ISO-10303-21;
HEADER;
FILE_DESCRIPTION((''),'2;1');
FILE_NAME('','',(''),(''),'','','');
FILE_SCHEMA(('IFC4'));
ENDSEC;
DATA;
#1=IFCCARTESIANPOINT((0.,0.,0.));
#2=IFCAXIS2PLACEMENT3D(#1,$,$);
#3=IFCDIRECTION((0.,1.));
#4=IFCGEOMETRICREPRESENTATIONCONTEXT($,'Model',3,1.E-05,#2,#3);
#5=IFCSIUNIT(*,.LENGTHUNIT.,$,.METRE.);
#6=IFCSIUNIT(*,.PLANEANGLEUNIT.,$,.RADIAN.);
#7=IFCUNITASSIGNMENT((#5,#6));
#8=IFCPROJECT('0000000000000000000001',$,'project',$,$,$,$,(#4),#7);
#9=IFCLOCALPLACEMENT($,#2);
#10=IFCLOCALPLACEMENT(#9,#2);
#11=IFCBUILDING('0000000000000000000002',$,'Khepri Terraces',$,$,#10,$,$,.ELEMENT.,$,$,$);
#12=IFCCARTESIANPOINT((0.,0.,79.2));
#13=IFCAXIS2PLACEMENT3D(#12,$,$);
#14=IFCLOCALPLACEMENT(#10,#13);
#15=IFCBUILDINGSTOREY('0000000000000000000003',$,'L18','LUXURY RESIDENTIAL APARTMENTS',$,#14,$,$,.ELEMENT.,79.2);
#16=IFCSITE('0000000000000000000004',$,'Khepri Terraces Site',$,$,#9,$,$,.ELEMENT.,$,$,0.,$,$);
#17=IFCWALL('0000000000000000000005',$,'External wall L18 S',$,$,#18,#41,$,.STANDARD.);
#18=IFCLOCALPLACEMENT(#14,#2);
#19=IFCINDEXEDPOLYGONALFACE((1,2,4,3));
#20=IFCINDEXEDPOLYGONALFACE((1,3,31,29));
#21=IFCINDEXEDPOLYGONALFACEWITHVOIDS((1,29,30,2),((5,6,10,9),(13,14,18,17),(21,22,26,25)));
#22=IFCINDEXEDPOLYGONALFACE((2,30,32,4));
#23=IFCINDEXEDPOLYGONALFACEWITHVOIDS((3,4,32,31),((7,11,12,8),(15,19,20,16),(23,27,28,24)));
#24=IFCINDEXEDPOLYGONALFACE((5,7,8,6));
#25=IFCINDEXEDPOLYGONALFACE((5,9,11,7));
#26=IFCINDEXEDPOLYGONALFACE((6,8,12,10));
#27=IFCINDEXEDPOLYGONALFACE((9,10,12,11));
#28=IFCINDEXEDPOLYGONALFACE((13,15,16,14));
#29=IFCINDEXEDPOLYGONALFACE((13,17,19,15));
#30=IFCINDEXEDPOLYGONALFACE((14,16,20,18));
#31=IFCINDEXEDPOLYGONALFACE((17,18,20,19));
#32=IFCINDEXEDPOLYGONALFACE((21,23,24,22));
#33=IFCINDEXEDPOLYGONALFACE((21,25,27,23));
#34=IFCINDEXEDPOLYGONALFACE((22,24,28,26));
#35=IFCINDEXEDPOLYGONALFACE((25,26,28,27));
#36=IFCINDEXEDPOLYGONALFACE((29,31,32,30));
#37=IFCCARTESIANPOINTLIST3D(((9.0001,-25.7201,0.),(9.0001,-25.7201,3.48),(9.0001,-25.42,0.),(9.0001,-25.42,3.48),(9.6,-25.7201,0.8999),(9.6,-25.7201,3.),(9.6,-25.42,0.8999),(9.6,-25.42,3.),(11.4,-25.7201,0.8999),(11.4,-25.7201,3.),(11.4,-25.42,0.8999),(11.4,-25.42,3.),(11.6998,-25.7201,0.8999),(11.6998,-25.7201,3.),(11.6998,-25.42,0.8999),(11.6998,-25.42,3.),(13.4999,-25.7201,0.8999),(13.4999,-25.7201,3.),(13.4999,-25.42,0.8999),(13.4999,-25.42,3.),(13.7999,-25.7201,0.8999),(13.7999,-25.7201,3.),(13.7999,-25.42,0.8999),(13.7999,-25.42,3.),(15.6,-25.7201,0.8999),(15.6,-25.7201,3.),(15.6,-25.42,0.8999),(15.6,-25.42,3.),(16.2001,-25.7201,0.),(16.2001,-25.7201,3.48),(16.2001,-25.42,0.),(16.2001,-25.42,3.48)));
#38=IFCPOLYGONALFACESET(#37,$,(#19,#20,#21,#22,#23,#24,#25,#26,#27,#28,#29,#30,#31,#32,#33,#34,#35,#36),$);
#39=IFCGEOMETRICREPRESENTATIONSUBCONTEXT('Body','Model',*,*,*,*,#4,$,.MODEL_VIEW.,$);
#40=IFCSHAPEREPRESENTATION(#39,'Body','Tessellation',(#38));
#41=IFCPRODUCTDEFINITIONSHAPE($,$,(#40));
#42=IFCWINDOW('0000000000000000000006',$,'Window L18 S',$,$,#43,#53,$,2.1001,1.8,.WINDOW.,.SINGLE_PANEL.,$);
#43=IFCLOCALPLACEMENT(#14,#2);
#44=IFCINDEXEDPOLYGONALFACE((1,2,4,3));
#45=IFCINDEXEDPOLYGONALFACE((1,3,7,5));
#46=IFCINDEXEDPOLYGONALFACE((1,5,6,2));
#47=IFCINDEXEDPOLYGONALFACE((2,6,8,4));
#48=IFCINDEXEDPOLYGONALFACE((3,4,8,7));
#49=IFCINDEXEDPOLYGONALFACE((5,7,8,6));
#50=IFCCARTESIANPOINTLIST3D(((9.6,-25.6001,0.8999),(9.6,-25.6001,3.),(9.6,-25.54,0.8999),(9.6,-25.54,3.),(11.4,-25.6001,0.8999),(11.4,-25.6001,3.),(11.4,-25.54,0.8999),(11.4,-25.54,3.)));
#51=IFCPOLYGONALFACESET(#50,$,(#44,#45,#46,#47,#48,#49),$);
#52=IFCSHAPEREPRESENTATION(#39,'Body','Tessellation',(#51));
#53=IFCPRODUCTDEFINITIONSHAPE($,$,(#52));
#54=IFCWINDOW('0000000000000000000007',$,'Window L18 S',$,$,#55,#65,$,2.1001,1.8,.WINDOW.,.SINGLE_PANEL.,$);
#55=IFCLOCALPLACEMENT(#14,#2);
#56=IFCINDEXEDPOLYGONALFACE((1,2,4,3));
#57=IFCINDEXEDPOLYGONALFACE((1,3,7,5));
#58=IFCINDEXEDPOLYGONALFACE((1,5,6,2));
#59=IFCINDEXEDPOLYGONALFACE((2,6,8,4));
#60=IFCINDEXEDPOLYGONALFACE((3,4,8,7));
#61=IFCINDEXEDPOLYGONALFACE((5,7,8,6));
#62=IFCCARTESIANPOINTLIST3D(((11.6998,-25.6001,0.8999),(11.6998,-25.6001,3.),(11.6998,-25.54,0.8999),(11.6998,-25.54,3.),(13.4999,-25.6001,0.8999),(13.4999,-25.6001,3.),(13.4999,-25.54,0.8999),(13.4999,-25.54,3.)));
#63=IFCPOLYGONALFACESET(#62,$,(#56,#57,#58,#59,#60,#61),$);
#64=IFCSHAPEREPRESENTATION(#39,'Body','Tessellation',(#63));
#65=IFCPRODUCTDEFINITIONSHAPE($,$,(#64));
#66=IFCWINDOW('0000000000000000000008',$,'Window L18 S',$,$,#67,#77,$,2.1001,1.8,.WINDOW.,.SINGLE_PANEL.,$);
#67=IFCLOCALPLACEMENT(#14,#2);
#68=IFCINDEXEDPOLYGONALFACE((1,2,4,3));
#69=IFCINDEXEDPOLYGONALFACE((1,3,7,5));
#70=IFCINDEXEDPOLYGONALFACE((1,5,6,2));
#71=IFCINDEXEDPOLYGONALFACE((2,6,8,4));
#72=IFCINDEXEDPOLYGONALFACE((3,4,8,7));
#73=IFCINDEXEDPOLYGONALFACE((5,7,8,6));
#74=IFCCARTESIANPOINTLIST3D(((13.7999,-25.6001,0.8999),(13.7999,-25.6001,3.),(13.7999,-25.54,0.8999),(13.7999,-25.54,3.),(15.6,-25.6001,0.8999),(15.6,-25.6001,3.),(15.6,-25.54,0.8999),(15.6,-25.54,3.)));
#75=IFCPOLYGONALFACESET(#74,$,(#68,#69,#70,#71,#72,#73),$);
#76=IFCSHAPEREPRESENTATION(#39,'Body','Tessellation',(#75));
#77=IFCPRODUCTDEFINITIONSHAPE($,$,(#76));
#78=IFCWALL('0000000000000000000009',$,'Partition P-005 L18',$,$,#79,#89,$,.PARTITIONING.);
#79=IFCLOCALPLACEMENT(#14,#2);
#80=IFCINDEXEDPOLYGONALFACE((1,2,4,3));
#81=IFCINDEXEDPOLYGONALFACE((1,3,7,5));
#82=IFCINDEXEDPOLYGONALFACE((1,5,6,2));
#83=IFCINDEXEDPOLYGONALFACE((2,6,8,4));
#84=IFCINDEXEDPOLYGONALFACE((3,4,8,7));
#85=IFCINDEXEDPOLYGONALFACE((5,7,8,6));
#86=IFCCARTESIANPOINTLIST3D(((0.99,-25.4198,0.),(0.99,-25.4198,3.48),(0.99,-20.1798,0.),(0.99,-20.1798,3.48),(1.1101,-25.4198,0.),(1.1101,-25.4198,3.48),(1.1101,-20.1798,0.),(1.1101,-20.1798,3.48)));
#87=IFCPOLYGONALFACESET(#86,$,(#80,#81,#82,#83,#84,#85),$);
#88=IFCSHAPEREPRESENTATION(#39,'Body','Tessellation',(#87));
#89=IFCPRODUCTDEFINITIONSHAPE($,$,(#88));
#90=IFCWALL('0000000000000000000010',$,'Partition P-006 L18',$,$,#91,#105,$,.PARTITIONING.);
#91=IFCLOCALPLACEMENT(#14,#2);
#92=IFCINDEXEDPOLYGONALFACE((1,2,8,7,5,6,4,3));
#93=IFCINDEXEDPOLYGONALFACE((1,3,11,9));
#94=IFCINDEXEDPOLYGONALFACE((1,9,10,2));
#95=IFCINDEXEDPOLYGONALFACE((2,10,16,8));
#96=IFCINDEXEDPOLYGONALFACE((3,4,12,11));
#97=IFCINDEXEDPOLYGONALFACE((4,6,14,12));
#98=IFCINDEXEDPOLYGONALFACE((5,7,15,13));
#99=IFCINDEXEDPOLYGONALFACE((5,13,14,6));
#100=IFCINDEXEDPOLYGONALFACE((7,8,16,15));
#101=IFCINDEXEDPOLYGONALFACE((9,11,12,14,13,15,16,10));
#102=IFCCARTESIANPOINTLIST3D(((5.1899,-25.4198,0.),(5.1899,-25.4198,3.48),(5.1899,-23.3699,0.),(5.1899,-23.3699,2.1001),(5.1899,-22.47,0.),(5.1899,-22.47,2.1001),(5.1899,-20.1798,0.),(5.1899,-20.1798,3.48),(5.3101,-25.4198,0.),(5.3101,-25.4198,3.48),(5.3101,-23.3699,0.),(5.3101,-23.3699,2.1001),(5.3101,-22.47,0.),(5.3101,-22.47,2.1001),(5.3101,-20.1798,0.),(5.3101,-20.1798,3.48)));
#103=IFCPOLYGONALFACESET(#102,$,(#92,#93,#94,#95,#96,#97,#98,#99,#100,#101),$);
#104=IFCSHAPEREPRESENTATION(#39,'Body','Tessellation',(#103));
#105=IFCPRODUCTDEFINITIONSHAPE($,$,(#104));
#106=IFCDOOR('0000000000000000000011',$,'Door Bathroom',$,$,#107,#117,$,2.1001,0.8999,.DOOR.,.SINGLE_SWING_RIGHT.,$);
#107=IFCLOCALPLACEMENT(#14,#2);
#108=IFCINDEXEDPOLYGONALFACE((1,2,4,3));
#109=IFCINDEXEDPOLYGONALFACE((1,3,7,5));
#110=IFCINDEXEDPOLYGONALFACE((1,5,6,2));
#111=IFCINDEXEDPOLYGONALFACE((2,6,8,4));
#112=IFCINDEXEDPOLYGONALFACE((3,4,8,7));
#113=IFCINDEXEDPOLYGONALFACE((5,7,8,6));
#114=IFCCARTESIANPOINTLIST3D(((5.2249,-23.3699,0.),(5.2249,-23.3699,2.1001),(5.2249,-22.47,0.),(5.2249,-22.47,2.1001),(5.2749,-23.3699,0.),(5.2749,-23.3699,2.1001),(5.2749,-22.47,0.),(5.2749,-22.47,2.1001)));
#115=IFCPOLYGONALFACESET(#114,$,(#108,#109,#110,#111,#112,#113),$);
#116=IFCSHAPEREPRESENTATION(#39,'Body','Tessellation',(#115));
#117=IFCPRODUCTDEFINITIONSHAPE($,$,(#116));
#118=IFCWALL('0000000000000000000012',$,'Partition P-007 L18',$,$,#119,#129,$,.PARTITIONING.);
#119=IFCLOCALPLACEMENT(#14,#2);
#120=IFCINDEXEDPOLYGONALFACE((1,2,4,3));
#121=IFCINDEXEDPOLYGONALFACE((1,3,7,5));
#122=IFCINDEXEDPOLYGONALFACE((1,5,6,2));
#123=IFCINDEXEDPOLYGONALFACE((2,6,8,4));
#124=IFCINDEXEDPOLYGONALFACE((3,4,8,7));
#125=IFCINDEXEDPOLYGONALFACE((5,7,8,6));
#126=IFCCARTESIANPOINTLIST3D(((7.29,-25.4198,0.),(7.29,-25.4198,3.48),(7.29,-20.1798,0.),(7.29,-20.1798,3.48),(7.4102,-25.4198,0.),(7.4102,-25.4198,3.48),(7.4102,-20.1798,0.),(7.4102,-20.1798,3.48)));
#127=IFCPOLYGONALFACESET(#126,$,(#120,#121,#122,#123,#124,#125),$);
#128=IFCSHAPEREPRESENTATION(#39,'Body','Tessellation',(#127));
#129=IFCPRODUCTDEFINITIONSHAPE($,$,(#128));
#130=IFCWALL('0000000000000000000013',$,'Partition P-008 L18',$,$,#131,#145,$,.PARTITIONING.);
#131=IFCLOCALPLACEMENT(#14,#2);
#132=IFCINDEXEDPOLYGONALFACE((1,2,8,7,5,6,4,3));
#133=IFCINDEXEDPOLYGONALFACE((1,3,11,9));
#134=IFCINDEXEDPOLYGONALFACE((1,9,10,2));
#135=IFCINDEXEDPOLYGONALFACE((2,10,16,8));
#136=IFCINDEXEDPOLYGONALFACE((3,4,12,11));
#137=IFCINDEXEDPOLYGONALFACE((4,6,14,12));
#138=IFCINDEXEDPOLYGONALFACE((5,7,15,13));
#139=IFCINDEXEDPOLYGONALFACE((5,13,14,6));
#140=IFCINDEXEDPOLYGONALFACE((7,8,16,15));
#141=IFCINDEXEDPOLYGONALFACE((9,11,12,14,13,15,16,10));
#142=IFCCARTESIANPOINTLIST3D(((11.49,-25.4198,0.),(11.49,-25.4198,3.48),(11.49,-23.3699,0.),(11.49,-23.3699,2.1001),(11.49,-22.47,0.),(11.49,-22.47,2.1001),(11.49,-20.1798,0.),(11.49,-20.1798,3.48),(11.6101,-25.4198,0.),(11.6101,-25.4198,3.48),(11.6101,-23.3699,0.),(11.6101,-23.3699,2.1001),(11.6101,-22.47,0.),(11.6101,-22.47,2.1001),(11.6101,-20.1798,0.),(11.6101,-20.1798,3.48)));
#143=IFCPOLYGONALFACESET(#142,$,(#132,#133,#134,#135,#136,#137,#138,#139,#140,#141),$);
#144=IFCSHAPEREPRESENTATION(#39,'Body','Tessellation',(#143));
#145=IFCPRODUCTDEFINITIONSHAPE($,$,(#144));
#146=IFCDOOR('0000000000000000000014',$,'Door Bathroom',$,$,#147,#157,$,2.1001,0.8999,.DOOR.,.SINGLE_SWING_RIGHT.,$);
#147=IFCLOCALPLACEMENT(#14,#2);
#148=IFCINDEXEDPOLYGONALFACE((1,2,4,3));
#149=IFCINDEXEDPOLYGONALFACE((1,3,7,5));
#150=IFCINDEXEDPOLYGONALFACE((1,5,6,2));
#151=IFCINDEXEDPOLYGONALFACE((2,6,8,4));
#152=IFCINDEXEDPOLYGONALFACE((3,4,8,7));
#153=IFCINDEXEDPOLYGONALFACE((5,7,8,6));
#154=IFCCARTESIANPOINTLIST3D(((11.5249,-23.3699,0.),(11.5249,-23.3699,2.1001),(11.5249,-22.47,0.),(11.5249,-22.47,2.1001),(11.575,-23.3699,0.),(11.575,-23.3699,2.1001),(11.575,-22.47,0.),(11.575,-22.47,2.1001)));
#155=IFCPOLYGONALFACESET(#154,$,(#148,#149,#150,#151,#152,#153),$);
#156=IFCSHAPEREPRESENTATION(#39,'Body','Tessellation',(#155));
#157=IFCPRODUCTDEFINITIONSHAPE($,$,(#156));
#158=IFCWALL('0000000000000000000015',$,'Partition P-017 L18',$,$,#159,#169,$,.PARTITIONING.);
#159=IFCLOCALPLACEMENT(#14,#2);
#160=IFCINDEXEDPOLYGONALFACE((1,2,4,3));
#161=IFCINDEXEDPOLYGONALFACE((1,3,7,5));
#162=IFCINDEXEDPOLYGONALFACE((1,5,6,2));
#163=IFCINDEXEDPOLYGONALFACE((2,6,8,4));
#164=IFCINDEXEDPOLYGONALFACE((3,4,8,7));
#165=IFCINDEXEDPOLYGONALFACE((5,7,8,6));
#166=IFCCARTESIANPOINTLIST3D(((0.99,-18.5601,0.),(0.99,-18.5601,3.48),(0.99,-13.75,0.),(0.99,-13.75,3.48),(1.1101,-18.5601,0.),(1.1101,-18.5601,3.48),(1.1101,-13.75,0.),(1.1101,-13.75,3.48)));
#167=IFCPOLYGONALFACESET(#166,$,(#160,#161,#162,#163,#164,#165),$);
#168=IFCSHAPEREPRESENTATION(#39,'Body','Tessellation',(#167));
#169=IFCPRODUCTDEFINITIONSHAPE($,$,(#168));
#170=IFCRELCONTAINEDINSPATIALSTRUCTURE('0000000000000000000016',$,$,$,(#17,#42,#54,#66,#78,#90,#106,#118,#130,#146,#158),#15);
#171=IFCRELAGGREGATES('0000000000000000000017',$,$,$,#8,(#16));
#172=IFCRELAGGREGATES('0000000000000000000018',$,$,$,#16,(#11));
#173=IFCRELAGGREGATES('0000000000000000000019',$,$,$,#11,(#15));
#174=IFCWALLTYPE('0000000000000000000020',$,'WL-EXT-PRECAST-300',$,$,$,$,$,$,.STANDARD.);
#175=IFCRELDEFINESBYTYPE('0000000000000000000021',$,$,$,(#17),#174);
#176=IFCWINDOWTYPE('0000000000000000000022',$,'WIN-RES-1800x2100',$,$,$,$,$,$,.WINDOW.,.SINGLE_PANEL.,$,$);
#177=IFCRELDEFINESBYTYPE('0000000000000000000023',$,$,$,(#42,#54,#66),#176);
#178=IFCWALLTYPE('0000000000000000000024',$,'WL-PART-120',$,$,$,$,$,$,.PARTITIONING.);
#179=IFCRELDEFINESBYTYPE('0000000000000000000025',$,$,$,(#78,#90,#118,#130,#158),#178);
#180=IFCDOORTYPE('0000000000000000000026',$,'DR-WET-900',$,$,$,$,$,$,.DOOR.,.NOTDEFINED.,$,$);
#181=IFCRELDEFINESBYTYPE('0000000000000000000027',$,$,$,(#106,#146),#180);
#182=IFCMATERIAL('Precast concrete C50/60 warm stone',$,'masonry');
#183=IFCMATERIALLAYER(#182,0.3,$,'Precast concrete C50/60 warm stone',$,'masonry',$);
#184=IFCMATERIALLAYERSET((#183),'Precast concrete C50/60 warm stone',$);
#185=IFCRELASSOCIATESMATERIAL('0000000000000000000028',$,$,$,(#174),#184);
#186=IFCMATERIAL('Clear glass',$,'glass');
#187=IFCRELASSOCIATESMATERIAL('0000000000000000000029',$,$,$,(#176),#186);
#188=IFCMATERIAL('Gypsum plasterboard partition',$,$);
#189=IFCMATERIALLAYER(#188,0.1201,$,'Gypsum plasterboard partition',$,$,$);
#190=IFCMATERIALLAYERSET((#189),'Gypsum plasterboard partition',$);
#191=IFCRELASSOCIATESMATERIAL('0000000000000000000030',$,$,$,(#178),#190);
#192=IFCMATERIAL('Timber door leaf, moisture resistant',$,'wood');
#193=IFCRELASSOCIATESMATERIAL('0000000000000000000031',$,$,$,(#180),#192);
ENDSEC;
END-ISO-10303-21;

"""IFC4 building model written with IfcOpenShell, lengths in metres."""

from ifc_helpers import new_model, si_unit, direction, frame, frame_2d, origin, place, context, subcontext, project, spatial, rectangle, extrude, material, layer, layer_set, type_object, element, fill, save


model = new_model("IFC4")

# Units and contexts
model_context = context("Model", 3, precision=1e-05, world=origin(), true_north=direction((0.0, 1.0)))
body_context = subcontext(model_context, "Body", "Model", "MODEL_VIEW")
ifc_project = project(units=[si_unit("LENGTHUNIT", "METRE"), si_unit("PLANEANGLEUNIT", "RADIAN")], contexts=[model_context])

# Site, building, storey
site_placement = place(None, origin())
site = spatial("IfcSite", under=ifc_project, at=site_placement, Name="Khepri Terraces Site", CompositionType="ELEMENT", RefElevation=0.0)
building_placement = place(site_placement, origin())
building = spatial("IfcBuilding", under=site, at=building_placement, Name="Khepri Terraces", CompositionType="ELEMENT")
storey_placement = place(building_placement, frame((0.0, 0.0, 79.2)))
storey = spatial("IfcBuildingStorey", under=building, at=storey_placement, Name="L18", Description="LUXURY RESIDENTIAL APARTMENTS", CompositionType="ELEMENT", Elevation=79.2)

# Wall, openings, windows
ifc_material_1 = material(Name="Precast concrete C50/60 warm stone", Category="masonry")
ifc_layer_1 = layer(ifc_material_1, 0.3, Name="Precast concrete C50/60 warm stone", Category="masonry")
ifc_layer_set_1 = layer_set([ifc_layer_1], Name="Precast concrete C50/60 warm stone")
wall_type_1 = type_object("IfcWallType", Name="WL-EXT-PRECAST-300", PredefinedType="STANDARD", material=ifc_layer_set_1)
ifc_material_2 = material(Name="Clear glass", Category="glass")
window_type_1 = type_object("IfcWindowType", Name="WIN-RES-1800x2100", PartitioningType="SINGLE_PANEL", PredefinedType="WINDOW", material=ifc_material_2)
wall_1_placement = place(storey_placement, frame((9.0, -25.5701, 0.0), z_axis=(0.0, 0.0, 1.0), x_axis=(1.0, 0.0, 0.0)))
wall_1 = element("IfcWall", 1, at=wall_1_placement, inside=storey, type_object=wall_type_1, Name="External wall L18 S", PredefinedType="STANDARD", context=body_context, shape_type="SweptSolid", body=[
    extrude(rectangle(XDim=7.2, YDim=0.3, at=frame_2d((3.6001, 0.0))), origin(), (0.0, 0.0, 1.0), 3.48),
])
opening_1_placement = place(wall_1_placement, frame((0.6001, 0.0, 0.8999)))
opening_1 = element("IfcOpeningElement", 2, at=opening_1_placement, cuts=wall_1, PredefinedType="OPENING", context=body_context, shape_type="SweptSolid", body=[
    extrude(rectangle(XDim=1.8, YDim=2.1001, at=frame_2d((0.8999, 1.05))), frame((0.0, 0.1602, 0.0), z_axis=(0.0, -1.0, 0.0), x_axis=(1.0, 0.0, 0.0)), (0.0, 0.0, 1.0), 0.3201),
])
opening_2_placement = place(wall_1_placement, frame((2.7, 0.0, 0.8999)))
opening_2 = element("IfcOpeningElement", 3, at=opening_2_placement, cuts=wall_1, PredefinedType="OPENING", context=body_context, shape_type="SweptSolid", body=[
    extrude(rectangle(XDim=1.8, YDim=2.1001, at=frame_2d((0.8999, 1.05))), frame((0.0, 0.1602, 0.0), z_axis=(0.0, -1.0, 0.0), x_axis=(1.0, 0.0, 0.0)), (0.0, 0.0, 1.0), 0.3201),
])
opening_3_placement = place(wall_1_placement, frame((4.8, 0.0, 0.8999)))
opening_3 = element("IfcOpeningElement", 4, at=opening_3_placement, cuts=wall_1, PredefinedType="OPENING", context=body_context, shape_type="SweptSolid", body=[
    extrude(rectangle(XDim=1.8, YDim=2.1001, at=frame_2d((0.8999, 1.05))), frame((0.0, 0.1602, 0.0), z_axis=(0.0, -1.0, 0.0), x_axis=(1.0, 0.0, 0.0)), (0.0, 0.0, 1.0), 0.3201),
])
window_1_placement = place(opening_1_placement, origin())
window_1 = element("IfcWindow", 5, at=window_1_placement, inside=storey, type_object=window_type_1, Name="Window L18 S", OverallHeight=2.1001, OverallWidth=1.8, PartitioningType="SINGLE_PANEL", PredefinedType="WINDOW", context=body_context, shape_type="SweptSolid", body=[
    extrude(rectangle(XDim=1.8, YDim=2.1001, at=frame_2d((0.8999, 1.05))), frame((0.0, 0.03, 0.0), z_axis=(0.0, -1.0, 0.0), x_axis=(1.0, 0.0, 0.0)), (0.0, 0.0, 1.0), 0.0601),
])
fill(opening_1, window_1)
window_2_placement = place(opening_2_placement, origin())
window_2 = element("IfcWindow", 6, at=window_2_placement, inside=storey, type_object=window_type_1, Name="Window L18 S", OverallHeight=2.1001, OverallWidth=1.8, PartitioningType="SINGLE_PANEL", PredefinedType="WINDOW", context=body_context, shape_type="SweptSolid", body=[
    extrude(rectangle(XDim=1.8, YDim=2.1001, at=frame_2d((0.8999, 1.05))), frame((0.0, 0.03, 0.0), z_axis=(0.0, -1.0, 0.0), x_axis=(1.0, 0.0, 0.0)), (0.0, 0.0, 1.0), 0.0601),
])
fill(opening_2, window_2)
window_3_placement = place(opening_3_placement, origin())
window_3 = element("IfcWindow", 7, at=window_3_placement, inside=storey, type_object=window_type_1, Name="Window L18 S", OverallHeight=2.1001, OverallWidth=1.8, PartitioningType="SINGLE_PANEL", PredefinedType="WINDOW", context=body_context, shape_type="SweptSolid", body=[
    extrude(rectangle(XDim=1.8, YDim=2.1001, at=frame_2d((0.8999, 1.05))), frame((0.0, 0.03, 0.0), z_axis=(0.0, -1.0, 0.0), x_axis=(1.0, 0.0, 0.0)), (0.0, 0.0, 1.0), 0.0601),
])
fill(opening_3, window_3)

# Wall
ifc_material_3 = material(Name="Gypsum plasterboard partition")
ifc_layer_2 = layer(ifc_material_3, 0.1201, Name="Gypsum plasterboard partition")
ifc_layer_set_2 = layer_set([ifc_layer_2], Name="Gypsum plasterboard partition")
wall_type_2 = type_object("IfcWallType", Name="WL-PART-120", PredefinedType="PARTITIONING", material=ifc_layer_set_2)
wall_2_placement = place(storey_placement, frame((1.05, -25.4199, 0.0), z_axis=(0.0, 0.0, 1.0), x_axis=(0.0, 1.0, 0.0)))
element("IfcWall", 8, at=wall_2_placement, inside=storey, type_object=wall_type_2, Name="Partition P-005 L18", PredefinedType="PARTITIONING", context=body_context, shape_type="SweptSolid", body=[
    extrude(rectangle(XDim=5.24, YDim=0.1201, at=frame_2d((2.6201, 0.0))), origin(), (0.0, 0.0, 1.0), 3.48),
])

# Wall, opening, door
wall_3_placement = place(storey_placement, frame((5.25, -25.4199, 0.0), z_axis=(0.0, 0.0, 1.0), x_axis=(0.0, 1.0, 0.0)))
wall_3 = element("IfcWall", 9, at=wall_3_placement, inside=storey, type_object=wall_type_2, Name="Partition P-006 L18", PredefinedType="PARTITIONING", context=body_context, shape_type="SweptSolid", body=[
    extrude(rectangle(XDim=5.24, YDim=0.1201, at=frame_2d((2.6201, 0.0))), origin(), (0.0, 0.0, 1.0), 3.48),
])
opening_4_placement = place(wall_3_placement, frame((2.05, 0.0, 0.0)))
opening_4 = element("IfcOpeningElement", 10, at=opening_4_placement, cuts=wall_3, PredefinedType="OPENING", context=body_context, shape_type="SweptSolid", body=[
    extrude(rectangle(XDim=0.8999, YDim=2.1001, at=frame_2d((0.45, 1.05))), frame((0.0, 0.0701, 0.0), z_axis=(0.0, -1.0, 0.0), x_axis=(1.0, 0.0, 0.0)), (0.0, 0.0, 1.0), 0.1401),
])
ifc_material_4 = material(Name="Timber door leaf, moisture resistant", Category="wood")
door_type_1 = type_object("IfcDoorType", Name="DR-WET-900", OperationType="NOTDEFINED", PredefinedType="DOOR", material=ifc_material_4)
door_1_placement = place(opening_4_placement, frame((0.8999, 0.0, 0.0), z_axis=(0.0, 0.0, 1.0), x_axis=(-1.0, 0.0, 0.0)))
door_1 = element("IfcDoor", 11, at=door_1_placement, inside=storey, type_object=door_type_1, Name="Door Bathroom", OperationType="SINGLE_SWING_RIGHT", OverallHeight=2.1001, OverallWidth=0.8999, PredefinedType="DOOR", context=body_context, shape_type="SweptSolid", body=[
    extrude(rectangle(XDim=0.8999, YDim=2.1001, at=frame_2d((0.45, 1.05))), frame((0.0, 0.0249, 0.0), z_axis=(0.0, -1.0, 0.0), x_axis=(1.0, 0.0, 0.0)), (0.0, 0.0, 1.0), 0.05),
])
fill(opening_4, door_1)

# Wall
wall_4_placement = place(storey_placement, frame((7.3501, -25.4199, 0.0), z_axis=(0.0, 0.0, 1.0), x_axis=(0.0, 1.0, 0.0)))
element("IfcWall", 12, at=wall_4_placement, inside=storey, type_object=wall_type_2, Name="Partition P-007 L18", PredefinedType="PARTITIONING", context=body_context, shape_type="SweptSolid", body=[
    extrude(rectangle(XDim=5.24, YDim=0.1201, at=frame_2d((2.6201, 0.0))), origin(), (0.0, 0.0, 1.0), 3.48),
])

# Wall, opening, door
wall_5_placement = place(storey_placement, frame((11.55, -25.4199, 0.0), z_axis=(0.0, 0.0, 1.0), x_axis=(0.0, 1.0, 0.0)))
wall_5 = element("IfcWall", 13, at=wall_5_placement, inside=storey, type_object=wall_type_2, Name="Partition P-008 L18", PredefinedType="PARTITIONING", context=body_context, shape_type="SweptSolid", body=[
    extrude(rectangle(XDim=5.24, YDim=0.1201, at=frame_2d((2.6201, 0.0))), origin(), (0.0, 0.0, 1.0), 3.48),
])
opening_5_placement = place(wall_5_placement, frame((2.05, 0.0, 0.0)))
opening_5 = element("IfcOpeningElement", 14, at=opening_5_placement, cuts=wall_5, PredefinedType="OPENING", context=body_context, shape_type="SweptSolid", body=[
    extrude(rectangle(XDim=0.8999, YDim=2.1001, at=frame_2d((0.45, 1.05))), frame((0.0, 0.0701, 0.0), z_axis=(0.0, -1.0, 0.0), x_axis=(1.0, 0.0, 0.0)), (0.0, 0.0, 1.0), 0.1401),
])
door_2_placement = place(opening_5_placement, frame((0.8999, 0.0, 0.0), z_axis=(0.0, 0.0, 1.0), x_axis=(-1.0, 0.0, 0.0)))
door_2 = element("IfcDoor", 15, at=door_2_placement, inside=storey, type_object=door_type_1, Name="Door Bathroom", OperationType="SINGLE_SWING_RIGHT", OverallHeight=2.1001, OverallWidth=0.8999, PredefinedType="DOOR", context=body_context, shape_type="SweptSolid", body=[
    extrude(rectangle(XDim=0.8999, YDim=2.1001, at=frame_2d((0.45, 1.05))), frame((0.0, 0.0249, 0.0), z_axis=(0.0, -1.0, 0.0), x_axis=(1.0, 0.0, 0.0)), (0.0, 0.0, 1.0), 0.05),
])
fill(opening_5, door_2)

# Wall
for number, where, z_axis, x_axis, name in (
    (16, (1.05, -18.5601, 0.0), (0.0, 0.0, 1.0), (0.0, 1.0, 0.0), "Partition P-017 L18"),
):
    element("IfcWall", number, at=place(storey_placement, frame(where, z_axis=z_axis, x_axis=x_axis)), inside=storey, type_object=wall_type_2, Name=name, PredefinedType="PARTITIONING", context=body_context, shape_type="SweptSolid", body=[
        extrude(rectangle(XDim=4.8101, YDim=0.1201, at=frame_2d((2.405, 0.0))), origin(), (0.0, 0.0, 1.0), 3.48),
    ])

save(model, "model.ifc")
